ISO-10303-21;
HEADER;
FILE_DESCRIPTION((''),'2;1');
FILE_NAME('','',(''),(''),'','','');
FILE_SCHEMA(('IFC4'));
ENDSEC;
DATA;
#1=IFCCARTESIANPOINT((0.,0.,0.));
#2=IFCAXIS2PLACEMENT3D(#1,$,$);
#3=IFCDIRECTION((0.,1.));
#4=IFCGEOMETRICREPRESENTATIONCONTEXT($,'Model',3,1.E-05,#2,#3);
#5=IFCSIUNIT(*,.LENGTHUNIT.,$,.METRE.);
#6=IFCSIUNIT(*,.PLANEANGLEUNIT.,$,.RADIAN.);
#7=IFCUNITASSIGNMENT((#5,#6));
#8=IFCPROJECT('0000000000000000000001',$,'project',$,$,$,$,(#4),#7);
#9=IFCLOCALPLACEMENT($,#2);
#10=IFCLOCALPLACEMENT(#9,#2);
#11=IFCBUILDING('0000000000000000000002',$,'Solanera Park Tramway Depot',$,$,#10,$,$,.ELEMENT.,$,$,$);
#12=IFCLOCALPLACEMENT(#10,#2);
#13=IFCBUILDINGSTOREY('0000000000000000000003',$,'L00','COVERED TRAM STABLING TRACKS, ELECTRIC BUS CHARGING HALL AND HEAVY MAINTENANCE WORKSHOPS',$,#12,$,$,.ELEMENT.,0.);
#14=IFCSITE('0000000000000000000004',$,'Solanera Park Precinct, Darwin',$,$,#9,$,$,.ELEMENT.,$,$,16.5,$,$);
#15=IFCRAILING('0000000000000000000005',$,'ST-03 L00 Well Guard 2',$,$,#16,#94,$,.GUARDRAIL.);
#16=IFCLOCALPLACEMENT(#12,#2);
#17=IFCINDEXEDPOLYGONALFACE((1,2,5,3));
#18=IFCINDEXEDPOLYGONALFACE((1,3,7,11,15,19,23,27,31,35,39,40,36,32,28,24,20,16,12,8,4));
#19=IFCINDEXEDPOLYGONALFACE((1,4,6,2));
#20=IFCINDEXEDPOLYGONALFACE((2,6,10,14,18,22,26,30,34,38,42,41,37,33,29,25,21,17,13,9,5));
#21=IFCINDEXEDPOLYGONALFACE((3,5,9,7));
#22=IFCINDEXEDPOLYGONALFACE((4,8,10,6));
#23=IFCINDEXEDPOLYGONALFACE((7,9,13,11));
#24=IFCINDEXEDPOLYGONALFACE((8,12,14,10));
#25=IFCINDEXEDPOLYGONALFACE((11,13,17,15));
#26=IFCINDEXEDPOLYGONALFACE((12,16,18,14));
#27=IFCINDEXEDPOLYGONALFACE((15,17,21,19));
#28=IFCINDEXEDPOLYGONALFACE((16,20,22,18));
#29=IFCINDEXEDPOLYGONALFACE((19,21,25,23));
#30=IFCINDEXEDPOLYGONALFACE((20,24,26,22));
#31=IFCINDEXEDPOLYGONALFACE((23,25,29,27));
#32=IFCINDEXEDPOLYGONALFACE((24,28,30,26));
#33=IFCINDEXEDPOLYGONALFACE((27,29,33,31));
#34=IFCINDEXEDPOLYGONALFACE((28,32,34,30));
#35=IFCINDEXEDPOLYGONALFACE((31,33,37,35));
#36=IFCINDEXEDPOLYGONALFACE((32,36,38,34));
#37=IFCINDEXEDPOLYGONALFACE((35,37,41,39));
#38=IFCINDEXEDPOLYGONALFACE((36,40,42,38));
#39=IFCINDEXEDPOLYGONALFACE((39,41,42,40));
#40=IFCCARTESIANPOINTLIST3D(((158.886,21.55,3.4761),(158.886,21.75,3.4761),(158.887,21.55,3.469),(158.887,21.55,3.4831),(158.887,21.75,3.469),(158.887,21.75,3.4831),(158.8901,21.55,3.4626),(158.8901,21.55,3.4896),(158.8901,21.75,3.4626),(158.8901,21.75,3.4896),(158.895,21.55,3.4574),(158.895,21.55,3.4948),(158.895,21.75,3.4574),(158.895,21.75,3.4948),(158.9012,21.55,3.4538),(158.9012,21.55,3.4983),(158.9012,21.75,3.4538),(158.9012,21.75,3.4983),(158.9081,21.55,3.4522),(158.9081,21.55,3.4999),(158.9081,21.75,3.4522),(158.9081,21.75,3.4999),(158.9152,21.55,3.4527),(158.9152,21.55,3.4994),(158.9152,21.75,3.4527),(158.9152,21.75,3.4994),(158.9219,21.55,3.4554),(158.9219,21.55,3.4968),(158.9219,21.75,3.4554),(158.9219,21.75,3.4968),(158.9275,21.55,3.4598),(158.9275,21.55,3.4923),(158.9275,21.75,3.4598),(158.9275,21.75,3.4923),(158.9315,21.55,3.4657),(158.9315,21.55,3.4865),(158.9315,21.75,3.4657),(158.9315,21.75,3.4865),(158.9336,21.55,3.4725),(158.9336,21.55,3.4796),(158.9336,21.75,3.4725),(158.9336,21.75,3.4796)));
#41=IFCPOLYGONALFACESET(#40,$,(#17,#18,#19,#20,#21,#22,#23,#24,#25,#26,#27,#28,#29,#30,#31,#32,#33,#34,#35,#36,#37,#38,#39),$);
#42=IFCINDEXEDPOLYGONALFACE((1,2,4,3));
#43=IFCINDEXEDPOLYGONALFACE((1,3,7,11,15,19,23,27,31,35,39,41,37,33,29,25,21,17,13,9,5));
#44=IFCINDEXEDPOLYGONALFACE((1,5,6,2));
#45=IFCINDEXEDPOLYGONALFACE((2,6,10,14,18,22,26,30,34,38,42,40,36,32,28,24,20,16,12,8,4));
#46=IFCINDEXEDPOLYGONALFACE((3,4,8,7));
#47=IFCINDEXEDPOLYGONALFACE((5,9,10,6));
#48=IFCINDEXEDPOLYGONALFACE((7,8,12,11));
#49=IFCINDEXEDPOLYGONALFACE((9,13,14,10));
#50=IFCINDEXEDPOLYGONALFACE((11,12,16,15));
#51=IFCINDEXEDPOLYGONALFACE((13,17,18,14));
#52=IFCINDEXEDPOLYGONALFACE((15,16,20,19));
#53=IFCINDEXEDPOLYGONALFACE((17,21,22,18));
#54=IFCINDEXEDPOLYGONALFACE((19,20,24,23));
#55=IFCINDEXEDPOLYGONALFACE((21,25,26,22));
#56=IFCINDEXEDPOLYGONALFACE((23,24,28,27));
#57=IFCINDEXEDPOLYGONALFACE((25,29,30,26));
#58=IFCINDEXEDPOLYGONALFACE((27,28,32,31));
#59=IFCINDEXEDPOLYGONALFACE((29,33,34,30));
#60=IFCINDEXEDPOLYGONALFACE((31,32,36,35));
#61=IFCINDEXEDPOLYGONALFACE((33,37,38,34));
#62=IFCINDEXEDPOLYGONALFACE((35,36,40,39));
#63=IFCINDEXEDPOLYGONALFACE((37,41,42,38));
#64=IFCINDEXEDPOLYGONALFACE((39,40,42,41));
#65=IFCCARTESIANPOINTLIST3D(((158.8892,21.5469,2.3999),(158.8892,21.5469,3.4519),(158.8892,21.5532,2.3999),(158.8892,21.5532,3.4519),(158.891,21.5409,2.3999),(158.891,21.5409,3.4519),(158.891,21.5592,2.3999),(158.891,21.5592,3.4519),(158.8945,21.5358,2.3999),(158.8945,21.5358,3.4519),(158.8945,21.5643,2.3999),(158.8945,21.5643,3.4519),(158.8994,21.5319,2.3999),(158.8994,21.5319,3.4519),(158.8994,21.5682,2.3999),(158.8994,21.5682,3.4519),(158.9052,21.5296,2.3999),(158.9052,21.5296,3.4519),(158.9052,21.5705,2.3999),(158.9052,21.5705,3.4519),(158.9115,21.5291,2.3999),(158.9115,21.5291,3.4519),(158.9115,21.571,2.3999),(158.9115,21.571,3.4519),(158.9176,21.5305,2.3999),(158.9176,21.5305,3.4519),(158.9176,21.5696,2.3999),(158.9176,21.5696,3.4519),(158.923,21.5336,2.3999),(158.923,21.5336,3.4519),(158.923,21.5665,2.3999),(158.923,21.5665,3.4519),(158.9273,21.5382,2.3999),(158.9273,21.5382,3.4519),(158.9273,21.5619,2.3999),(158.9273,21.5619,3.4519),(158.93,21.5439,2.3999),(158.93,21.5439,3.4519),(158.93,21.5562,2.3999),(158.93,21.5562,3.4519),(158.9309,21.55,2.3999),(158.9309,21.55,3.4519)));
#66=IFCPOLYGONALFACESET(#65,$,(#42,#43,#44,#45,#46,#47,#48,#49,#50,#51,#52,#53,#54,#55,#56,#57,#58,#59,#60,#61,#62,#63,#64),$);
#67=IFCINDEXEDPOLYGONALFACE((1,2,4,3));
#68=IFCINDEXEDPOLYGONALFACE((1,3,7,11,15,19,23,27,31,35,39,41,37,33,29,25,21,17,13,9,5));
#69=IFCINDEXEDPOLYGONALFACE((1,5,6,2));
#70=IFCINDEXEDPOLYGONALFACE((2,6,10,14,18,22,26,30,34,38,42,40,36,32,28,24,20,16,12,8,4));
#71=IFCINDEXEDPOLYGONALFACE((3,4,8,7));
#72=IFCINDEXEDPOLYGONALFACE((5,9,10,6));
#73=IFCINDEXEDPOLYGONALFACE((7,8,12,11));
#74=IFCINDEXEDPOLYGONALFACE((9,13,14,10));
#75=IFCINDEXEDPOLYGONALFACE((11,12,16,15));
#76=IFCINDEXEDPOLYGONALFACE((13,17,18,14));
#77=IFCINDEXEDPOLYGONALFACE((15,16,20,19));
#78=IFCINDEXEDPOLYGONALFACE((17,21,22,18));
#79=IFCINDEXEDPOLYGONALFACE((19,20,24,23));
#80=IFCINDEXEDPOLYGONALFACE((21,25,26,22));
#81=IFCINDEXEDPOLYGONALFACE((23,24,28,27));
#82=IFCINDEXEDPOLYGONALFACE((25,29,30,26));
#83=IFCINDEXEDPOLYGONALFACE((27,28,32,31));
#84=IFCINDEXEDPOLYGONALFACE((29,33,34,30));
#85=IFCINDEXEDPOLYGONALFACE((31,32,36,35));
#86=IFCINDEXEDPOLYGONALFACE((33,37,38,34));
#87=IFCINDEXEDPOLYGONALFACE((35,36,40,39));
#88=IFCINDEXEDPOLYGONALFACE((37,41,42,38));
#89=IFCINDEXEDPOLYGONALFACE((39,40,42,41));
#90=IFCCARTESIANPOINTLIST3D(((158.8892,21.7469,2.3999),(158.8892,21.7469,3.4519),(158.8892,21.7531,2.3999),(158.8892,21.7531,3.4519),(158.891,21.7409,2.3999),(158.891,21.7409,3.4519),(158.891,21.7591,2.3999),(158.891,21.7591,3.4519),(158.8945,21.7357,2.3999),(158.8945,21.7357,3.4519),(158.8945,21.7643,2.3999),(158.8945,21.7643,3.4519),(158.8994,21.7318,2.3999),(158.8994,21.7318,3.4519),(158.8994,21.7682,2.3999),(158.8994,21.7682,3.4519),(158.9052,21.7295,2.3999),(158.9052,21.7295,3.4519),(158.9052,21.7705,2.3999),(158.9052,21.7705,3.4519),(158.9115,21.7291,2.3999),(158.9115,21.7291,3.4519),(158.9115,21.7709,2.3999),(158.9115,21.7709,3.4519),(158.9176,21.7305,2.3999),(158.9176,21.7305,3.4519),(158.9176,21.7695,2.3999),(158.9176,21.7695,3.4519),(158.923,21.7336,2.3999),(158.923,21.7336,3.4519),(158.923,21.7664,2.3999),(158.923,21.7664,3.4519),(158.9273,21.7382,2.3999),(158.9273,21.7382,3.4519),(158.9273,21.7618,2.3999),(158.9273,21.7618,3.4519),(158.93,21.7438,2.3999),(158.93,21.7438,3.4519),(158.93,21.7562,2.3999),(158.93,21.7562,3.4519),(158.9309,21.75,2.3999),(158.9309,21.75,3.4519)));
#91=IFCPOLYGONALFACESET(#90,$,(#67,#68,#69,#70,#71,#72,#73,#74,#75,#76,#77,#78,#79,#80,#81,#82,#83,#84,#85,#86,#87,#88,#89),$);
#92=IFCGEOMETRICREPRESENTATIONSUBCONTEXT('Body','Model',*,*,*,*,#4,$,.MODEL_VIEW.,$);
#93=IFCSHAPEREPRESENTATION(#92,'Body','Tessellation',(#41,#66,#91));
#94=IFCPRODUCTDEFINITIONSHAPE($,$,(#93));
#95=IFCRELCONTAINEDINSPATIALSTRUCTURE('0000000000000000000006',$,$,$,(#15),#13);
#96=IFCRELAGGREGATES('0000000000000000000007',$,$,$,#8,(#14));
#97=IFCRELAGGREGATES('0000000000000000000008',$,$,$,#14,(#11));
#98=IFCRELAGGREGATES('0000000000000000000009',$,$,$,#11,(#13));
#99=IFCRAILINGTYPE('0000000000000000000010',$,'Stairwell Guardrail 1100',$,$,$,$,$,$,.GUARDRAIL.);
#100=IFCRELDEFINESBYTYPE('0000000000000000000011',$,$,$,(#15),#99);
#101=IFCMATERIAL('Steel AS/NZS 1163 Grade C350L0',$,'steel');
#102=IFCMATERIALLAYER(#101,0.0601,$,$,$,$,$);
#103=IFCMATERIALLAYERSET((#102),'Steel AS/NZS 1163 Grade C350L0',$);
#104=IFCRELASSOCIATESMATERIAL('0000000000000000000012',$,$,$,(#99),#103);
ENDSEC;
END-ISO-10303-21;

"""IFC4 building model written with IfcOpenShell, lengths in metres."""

from ifc_helpers import new_model, si_unit, direction, frame, origin, origin_2d, place, context, subcontext, project, spatial, circle, extrude, material, layer, layer_set, type_object, element, save


model = new_model("IFC4")

# Units and contexts
model_context = context("Model", 3, precision=1e-05, world=origin(), true_north=direction((0.0, 1.0)))
body_context = subcontext(model_context, "Body", "Model", "MODEL_VIEW")
ifc_project = project(units=[si_unit("LENGTHUNIT", "METRE"), si_unit("PLANEANGLEUNIT", "RADIAN")], contexts=[model_context])

# Site, building, storey
site_placement = place(None, origin())
site = spatial("IfcSite", under=ifc_project, at=site_placement, Name="Solanera Park Precinct, Darwin", CompositionType="ELEMENT", RefElevation=16.5)
building_placement = place(site_placement, origin())
building = spatial("IfcBuilding", under=site, at=building_placement, Name="Solanera Park Tramway Depot", CompositionType="ELEMENT")
storey_placement = place(building_placement, origin())
storey = spatial("IfcBuildingStorey", under=building, at=storey_placement, Name="L00", Description="COVERED TRAM STABLING TRACKS, ELECTRIC BUS CHARGING HALL AND HEAVY MAINTENANCE WORKSHOPS", CompositionType="ELEMENT", Elevation=0.0)

# Railing
ifc_material_1 = material(Name="Steel AS/NZS 1163 Grade C350L0", Category="steel")
ifc_layer_1 = layer(ifc_material_1, 0.0601)
ifc_layer_set_1 = layer_set([ifc_layer_1], Name="Steel AS/NZS 1163 Grade C350L0")
railing_type_1 = type_object("IfcRailingType", Name="Stairwell Guardrail 1100", PredefinedType="GUARDRAIL", material=ifc_layer_set_1)
railing_1_placement = place(storey_placement, frame((158.9099, 21.55, 2.3999)))
element("IfcRailing", 1, at=railing_1_placement, inside=storey, type_object=railing_type_1, Name="ST-03 L00 Well Guard 2", PredefinedType="GUARDRAIL", context=body_context, shape_type="SweptSolid", body=[
    extrude(circle(Radius=0.0239, at=origin_2d()), frame((0.0, 0.0, 1.0762), z_axis=(0.0, 1.0, 0.0), x_axis=(-1.0, 0.0, 0.0)), (0.0, 0.0, 1.0), 0.2),
    extrude(circle(Radius=0.021, at=origin_2d()), origin(), (0.0, 0.0, 1.0), 1.052),
    extrude(circle(Radius=0.021, at=origin_2d()), frame((0.0, 0.2, 0.0)), (0.0, 0.0, 1.0), 1.052),
])

save(model, "model.ifc")
